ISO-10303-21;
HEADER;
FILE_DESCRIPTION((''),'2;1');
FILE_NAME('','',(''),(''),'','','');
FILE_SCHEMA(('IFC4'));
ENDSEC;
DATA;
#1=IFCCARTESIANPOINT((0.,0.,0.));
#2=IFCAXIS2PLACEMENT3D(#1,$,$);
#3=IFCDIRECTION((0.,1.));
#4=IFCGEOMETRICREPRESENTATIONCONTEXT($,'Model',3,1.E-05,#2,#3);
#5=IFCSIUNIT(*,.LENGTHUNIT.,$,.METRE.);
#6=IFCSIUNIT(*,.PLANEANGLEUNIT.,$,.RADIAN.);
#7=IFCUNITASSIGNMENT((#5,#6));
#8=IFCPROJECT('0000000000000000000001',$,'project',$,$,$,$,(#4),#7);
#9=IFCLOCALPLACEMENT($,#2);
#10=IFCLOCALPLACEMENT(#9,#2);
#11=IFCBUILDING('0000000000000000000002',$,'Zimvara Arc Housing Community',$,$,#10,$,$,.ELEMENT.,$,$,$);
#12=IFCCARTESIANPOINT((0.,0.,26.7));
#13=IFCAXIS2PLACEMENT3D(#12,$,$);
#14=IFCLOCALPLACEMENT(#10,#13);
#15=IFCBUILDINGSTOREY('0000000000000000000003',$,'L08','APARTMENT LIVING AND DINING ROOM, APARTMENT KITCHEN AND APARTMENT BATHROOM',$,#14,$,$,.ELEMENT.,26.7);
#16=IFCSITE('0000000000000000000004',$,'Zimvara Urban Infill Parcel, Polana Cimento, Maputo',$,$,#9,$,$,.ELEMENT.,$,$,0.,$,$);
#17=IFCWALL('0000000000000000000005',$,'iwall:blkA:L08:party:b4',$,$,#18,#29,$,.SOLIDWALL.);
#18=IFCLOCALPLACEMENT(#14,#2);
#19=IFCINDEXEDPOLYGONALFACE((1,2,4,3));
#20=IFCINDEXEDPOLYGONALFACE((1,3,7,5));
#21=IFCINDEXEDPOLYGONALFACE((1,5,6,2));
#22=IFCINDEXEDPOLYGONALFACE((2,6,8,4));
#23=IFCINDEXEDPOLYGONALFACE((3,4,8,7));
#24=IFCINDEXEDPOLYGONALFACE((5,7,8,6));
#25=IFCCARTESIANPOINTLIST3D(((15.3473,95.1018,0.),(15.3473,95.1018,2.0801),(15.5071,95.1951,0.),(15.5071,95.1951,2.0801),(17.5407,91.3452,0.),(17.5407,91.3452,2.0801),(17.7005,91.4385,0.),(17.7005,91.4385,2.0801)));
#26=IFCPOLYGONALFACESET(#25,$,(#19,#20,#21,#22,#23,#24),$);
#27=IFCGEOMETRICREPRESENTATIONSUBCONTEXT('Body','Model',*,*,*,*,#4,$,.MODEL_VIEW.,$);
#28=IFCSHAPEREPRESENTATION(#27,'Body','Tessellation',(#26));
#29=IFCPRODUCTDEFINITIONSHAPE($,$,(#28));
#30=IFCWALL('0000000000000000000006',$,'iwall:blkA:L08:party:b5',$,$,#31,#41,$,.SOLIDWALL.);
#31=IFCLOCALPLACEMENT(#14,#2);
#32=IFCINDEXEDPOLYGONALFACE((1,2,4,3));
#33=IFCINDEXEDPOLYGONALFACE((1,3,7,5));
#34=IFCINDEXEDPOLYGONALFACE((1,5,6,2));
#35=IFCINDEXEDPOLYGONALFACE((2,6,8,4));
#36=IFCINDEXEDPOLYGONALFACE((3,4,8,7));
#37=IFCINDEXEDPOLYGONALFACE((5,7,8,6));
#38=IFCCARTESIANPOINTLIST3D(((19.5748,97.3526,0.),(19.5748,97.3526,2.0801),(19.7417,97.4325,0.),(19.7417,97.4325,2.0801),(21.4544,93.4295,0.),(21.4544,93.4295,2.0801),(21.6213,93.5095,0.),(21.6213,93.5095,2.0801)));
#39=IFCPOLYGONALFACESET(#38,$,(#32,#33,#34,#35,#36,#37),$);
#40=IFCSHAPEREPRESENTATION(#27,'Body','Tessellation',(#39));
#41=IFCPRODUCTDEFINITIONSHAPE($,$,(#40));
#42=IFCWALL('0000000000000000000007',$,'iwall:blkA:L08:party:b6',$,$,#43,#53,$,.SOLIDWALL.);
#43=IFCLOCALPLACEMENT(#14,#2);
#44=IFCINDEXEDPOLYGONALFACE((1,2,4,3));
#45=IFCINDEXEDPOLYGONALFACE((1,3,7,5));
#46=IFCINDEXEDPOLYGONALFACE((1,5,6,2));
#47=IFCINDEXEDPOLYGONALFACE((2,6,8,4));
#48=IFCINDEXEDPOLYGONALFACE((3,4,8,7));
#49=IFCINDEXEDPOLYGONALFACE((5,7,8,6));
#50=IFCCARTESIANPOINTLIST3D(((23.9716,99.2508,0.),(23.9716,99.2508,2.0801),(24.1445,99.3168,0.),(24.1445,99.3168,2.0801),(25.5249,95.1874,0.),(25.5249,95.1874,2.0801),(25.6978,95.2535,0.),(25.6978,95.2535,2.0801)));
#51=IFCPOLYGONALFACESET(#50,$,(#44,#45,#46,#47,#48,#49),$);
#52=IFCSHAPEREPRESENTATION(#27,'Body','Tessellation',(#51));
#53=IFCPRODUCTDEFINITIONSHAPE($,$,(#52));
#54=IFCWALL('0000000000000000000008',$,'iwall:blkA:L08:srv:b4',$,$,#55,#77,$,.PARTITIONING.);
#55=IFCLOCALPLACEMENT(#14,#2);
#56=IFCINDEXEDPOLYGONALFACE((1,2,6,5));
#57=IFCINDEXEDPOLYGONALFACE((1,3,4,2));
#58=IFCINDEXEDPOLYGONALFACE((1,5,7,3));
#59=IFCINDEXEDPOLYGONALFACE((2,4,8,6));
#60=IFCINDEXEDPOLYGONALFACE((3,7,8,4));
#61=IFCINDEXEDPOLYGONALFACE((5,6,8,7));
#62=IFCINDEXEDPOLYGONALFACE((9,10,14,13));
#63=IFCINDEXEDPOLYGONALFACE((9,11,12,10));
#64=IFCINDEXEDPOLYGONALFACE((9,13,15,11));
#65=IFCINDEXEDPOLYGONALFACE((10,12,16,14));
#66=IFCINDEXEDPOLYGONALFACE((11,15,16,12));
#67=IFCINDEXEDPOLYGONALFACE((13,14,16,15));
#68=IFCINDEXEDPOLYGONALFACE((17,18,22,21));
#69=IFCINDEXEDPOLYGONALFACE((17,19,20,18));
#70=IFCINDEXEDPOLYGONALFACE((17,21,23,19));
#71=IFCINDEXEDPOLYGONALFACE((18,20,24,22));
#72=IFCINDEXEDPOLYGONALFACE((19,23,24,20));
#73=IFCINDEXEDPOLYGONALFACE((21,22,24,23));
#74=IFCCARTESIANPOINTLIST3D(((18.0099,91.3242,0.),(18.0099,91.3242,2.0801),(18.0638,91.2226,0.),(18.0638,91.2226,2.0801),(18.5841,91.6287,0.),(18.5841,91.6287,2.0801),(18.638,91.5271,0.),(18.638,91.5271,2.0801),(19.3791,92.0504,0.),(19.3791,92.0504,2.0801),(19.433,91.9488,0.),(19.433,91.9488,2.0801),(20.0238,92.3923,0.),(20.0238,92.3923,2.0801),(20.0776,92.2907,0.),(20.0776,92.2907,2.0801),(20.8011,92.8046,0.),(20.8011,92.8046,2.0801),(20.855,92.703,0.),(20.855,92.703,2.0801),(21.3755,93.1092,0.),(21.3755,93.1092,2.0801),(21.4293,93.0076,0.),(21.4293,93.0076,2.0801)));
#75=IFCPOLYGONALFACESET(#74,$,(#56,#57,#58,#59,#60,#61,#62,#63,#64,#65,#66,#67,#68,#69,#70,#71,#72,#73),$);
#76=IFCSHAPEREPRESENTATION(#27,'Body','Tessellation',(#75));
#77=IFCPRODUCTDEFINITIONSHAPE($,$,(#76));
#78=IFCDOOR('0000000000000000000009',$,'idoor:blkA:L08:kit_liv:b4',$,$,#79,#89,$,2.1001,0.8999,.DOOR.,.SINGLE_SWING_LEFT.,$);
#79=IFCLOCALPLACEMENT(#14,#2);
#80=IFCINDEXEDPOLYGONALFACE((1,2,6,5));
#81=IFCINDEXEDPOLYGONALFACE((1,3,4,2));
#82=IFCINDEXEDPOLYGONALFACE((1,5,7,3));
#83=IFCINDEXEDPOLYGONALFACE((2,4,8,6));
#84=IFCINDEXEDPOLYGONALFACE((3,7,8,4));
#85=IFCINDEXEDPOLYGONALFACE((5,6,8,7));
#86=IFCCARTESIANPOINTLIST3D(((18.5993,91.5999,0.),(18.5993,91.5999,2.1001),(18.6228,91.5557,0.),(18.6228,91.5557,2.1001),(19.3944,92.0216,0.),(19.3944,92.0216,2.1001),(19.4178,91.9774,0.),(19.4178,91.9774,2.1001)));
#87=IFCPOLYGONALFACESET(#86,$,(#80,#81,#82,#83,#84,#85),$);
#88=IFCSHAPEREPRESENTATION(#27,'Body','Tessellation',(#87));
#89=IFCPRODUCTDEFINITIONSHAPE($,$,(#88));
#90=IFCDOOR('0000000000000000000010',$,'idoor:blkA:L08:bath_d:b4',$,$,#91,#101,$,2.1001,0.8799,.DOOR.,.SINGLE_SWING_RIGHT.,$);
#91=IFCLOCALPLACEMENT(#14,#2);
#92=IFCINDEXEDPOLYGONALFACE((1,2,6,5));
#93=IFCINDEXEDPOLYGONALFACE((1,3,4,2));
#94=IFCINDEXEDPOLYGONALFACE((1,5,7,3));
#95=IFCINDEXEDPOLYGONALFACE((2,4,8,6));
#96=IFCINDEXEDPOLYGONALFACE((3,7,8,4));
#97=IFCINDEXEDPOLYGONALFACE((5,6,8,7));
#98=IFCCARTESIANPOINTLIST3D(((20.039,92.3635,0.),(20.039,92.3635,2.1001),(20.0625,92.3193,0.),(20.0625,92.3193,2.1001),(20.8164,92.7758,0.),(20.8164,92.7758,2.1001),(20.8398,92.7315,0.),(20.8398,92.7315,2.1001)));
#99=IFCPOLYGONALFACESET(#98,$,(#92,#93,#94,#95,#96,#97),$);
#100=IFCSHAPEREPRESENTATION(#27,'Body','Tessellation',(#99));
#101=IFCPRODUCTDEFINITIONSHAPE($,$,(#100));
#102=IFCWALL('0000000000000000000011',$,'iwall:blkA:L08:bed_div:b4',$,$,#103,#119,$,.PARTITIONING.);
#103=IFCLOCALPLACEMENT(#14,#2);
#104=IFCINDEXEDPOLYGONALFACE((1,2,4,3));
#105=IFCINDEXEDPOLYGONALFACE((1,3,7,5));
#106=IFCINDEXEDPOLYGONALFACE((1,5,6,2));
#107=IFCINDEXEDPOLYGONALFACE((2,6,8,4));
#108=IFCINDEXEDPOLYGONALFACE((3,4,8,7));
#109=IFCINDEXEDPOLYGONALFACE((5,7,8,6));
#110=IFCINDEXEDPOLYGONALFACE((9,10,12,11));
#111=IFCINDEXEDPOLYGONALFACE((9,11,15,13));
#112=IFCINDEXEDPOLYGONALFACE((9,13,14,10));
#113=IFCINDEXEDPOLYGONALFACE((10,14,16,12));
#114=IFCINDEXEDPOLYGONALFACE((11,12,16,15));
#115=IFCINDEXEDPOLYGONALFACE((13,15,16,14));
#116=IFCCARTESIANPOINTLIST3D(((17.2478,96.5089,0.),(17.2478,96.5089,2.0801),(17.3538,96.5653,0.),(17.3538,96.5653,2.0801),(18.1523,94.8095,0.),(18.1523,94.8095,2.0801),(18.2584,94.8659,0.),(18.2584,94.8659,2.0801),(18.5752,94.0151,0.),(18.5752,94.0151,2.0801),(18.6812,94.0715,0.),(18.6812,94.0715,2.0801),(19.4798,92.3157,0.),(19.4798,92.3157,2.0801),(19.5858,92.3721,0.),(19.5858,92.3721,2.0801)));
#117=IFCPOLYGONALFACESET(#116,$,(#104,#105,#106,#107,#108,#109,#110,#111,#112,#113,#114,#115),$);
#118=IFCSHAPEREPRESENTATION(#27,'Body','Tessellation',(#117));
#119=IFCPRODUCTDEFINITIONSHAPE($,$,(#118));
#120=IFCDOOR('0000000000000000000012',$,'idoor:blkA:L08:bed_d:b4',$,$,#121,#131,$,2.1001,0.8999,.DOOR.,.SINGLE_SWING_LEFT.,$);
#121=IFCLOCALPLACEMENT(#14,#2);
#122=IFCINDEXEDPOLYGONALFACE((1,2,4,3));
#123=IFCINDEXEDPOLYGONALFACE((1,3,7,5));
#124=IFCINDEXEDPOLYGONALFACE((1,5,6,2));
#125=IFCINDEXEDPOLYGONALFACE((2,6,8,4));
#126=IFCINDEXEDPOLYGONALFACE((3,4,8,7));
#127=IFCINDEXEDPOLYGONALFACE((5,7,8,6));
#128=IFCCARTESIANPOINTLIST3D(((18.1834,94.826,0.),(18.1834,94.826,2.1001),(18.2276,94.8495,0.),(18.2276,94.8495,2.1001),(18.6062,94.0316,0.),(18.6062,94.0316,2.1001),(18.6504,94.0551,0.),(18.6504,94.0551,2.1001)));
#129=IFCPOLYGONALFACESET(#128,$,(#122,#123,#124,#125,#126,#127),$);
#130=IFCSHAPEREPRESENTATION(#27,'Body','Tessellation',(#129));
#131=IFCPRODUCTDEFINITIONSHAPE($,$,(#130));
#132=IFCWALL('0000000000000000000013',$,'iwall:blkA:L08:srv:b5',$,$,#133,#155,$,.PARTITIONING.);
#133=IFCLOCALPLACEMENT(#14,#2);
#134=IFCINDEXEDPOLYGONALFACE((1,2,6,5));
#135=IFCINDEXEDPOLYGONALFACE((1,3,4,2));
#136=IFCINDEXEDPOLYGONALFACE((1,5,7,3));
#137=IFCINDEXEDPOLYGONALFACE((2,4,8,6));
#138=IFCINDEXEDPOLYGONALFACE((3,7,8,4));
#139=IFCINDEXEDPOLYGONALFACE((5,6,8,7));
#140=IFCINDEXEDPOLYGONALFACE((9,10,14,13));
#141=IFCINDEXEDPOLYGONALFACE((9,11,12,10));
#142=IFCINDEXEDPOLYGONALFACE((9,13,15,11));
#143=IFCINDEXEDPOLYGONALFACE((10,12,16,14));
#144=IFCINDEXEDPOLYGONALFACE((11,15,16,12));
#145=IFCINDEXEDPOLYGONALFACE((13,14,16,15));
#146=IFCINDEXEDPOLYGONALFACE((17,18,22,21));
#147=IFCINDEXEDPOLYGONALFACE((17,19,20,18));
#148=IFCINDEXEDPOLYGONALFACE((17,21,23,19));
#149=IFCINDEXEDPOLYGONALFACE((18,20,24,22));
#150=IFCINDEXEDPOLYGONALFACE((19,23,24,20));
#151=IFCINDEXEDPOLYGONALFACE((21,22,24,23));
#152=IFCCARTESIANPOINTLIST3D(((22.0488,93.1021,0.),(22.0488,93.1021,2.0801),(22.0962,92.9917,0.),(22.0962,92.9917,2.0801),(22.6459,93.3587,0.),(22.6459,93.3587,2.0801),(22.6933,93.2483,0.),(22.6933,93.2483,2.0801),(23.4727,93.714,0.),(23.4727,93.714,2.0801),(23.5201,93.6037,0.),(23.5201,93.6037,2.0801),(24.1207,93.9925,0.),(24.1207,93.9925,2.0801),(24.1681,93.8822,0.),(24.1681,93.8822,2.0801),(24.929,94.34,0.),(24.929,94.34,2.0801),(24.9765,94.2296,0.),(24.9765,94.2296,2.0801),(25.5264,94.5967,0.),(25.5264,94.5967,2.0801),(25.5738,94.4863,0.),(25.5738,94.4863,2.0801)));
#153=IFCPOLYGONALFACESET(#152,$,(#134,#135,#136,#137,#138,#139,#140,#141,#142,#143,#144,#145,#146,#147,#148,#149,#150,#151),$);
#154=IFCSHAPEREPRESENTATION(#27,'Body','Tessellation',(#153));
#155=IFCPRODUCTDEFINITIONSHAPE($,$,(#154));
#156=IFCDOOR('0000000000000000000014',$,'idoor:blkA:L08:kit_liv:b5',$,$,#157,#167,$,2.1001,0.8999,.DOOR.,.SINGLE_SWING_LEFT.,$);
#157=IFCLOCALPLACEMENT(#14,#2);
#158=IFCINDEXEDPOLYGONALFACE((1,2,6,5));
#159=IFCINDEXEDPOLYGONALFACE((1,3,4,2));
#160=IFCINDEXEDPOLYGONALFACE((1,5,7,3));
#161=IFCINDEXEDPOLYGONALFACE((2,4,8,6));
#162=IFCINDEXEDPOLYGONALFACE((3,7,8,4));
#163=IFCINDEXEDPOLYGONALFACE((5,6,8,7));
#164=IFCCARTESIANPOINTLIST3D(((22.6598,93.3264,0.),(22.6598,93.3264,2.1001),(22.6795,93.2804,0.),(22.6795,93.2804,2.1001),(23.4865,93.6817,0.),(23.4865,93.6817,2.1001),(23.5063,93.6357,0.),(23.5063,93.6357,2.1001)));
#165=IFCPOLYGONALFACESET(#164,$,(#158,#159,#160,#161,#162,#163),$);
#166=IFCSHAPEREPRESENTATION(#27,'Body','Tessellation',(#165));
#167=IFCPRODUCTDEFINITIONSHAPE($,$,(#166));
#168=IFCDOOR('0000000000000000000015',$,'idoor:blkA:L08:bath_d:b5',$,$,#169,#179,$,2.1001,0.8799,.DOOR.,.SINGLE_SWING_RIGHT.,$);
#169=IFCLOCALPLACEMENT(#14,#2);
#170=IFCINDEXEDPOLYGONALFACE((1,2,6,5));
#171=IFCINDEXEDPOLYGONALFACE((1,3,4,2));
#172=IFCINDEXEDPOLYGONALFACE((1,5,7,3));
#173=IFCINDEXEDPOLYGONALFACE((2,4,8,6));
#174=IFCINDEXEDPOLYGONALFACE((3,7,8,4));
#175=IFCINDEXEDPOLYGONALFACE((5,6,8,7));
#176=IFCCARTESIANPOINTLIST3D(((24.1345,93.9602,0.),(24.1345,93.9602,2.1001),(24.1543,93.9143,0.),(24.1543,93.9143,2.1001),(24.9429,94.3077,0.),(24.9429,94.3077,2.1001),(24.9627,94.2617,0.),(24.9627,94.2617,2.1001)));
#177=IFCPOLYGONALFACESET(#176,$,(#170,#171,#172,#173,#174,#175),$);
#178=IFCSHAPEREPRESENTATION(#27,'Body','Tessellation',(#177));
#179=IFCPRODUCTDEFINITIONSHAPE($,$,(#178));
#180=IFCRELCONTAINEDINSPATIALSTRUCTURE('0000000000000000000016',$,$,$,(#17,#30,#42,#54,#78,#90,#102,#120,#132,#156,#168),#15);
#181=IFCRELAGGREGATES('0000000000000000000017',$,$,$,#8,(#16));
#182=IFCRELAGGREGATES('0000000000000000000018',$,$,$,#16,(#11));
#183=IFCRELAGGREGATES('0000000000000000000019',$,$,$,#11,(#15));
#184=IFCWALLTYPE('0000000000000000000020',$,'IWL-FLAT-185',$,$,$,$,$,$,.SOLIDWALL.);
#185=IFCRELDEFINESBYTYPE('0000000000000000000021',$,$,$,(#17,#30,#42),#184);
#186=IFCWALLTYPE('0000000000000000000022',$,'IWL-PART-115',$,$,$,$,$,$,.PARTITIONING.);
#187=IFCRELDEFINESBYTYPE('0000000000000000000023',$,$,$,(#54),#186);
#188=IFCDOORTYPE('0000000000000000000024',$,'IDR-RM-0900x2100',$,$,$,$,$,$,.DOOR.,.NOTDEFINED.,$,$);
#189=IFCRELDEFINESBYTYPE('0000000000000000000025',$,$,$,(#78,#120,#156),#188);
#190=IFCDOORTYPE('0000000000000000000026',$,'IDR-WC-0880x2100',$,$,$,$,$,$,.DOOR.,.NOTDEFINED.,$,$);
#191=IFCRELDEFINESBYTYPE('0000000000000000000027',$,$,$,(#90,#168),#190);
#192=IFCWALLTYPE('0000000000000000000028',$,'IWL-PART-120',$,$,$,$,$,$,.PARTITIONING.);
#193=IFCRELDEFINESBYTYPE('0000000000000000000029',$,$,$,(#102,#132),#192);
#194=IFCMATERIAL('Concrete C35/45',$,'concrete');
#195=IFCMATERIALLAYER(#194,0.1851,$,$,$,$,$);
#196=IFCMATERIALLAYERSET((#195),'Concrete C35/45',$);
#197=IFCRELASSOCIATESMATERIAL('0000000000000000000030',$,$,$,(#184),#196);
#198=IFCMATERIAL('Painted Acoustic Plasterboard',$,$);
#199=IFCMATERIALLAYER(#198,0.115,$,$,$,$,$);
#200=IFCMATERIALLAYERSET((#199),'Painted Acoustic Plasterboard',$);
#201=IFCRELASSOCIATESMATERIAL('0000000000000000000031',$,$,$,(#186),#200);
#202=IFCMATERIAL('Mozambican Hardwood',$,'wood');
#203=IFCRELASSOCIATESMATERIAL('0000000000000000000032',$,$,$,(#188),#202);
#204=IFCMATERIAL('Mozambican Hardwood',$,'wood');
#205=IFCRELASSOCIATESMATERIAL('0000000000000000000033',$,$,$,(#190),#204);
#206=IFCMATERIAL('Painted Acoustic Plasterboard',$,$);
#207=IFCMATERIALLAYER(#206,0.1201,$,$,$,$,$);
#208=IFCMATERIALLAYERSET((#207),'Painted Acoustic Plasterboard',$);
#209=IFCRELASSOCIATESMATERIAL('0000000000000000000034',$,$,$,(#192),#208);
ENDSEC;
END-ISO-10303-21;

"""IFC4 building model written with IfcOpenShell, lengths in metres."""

from ifc_helpers import new_model, si_unit, direction, frame, frame_2d, origin, place, context, subcontext, project, spatial, rectangle, extrude, material, layer, layer_set, type_object, element, fill, save


model = new_model("IFC4")

# Units and contexts
model_context = context("Model", 3, precision=1e-05, world=origin(), true_north=direction((0.0, 1.0)))
body_context = subcontext(model_context, "Body", "Model", "MODEL_VIEW")
ifc_project = project(units=[si_unit("LENGTHUNIT", "METRE"), si_unit("PLANEANGLEUNIT", "RADIAN")], contexts=[model_context])

# Site, building, storey
site_placement = place(None, origin())
site = spatial("IfcSite", under=ifc_project, at=site_placement, Name="Zimvara Urban Infill Parcel, Polana Cimento, Maputo", CompositionType="ELEMENT", RefElevation=0.0)
building_placement = place(site_placement, origin())
building = spatial("IfcBuilding", under=site, at=building_placement, Name="Zimvara Arc Housing Community", CompositionType="ELEMENT")
storey_placement = place(building_placement, frame((0.0, 0.0, 26.7)))
storey = spatial("IfcBuildingStorey", under=building, at=storey_placement, Name="L08", Description="APARTMENT LIVING AND DINING ROOM, APARTMENT KITCHEN AND APARTMENT BATHROOM", CompositionType="ELEMENT", Elevation=26.7)

# Walls
ifc_material_1 = material(Name="Concrete C35/45", Category="concrete")
ifc_layer_1 = layer(ifc_material_1, 0.1851)
ifc_layer_set_1 = layer_set([ifc_layer_1], Name="Concrete C35/45")
wall_type_1 = type_object("IfcWallType", Name="IWL-FLAT-185", PredefinedType="SOLIDWALL", material=ifc_layer_set_1)
for number, where, z_axis, x_axis, name in (
    (1, (17.6206, 91.3918, 0.0), (0.0, 0.0, 1.0), (-0.504216, 0.863577, 0.0), "iwall:blkA:L08:party:b4"),
    (2, (21.5378, 93.4695, 0.0), (0.0, 0.0, 1.0), (-0.432087, 0.901832, 0.0), "iwall:blkA:L08:party:b5"),
    (3, (25.6113, 95.2205, 0.0), (0.0, 0.0, 1.0), (-0.357064, 0.93408, 0.0), "iwall:blkA:L08:party:b6"),
):
    element("IfcWall", number, at=place(storey_placement, frame(where, z_axis=z_axis, x_axis=x_axis)), inside=storey, type_object=wall_type_1, Name=name, PredefinedType="SOLIDWALL", context=body_context, shape_type="SweptSolid", body=[
        extrude(rectangle(XDim=4.3501, YDim=0.1851, at=frame_2d((2.175, 0.0))), origin(), (0.0, 0.0, 1.0), 2.0801),
    ])

# Wall, openings, doors
ifc_material_2 = material(Name="Painted Acoustic Plasterboard")
ifc_layer_2 = layer(ifc_material_2, 0.115)
ifc_layer_set_2 = layer_set([ifc_layer_2], Name="Painted Acoustic Plasterboard")
wall_type_2 = type_object("IfcWallType", Name="IWL-PART-115", PredefinedType="PARTITIONING", material=ifc_layer_set_2)
wall_1_placement = place(storey_placement, frame((18.0369, 91.2734, 0.0), z_axis=(0.0, 0.0, 1.0), x_axis=(0.883442, 0.468541, 0.0)))
wall_1 = element("IfcWall", 4, at=wall_1_placement, inside=storey, type_object=wall_type_2, Name="iwall:blkA:L08:srv:b4", PredefinedType="PARTITIONING", context=body_context, shape_type="SweptSolid", body=[
    extrude(rectangle(XDim=3.8096, YDim=0.115, at=frame_2d((1.9048, 0.0))), origin(), (0.0, 0.0, 1.0), 2.0801),
])
opening_1_placement = place(wall_1_placement, frame((0.6499, 0.0, 0.0)))
opening_1 = element("IfcOpeningElement", 5, at=opening_1_placement, cuts=wall_1, PredefinedType="OPENING", context=body_context, shape_type="SweptSolid", body=[
    extrude(rectangle(XDim=0.8999, YDim=2.1001, at=frame_2d((0.45, 1.05))), frame((0.0, 0.0674, 0.0), z_axis=(0.0, -1.0, 0.0), x_axis=(1.0, 0.0, 0.0)), (0.0, 0.0, 1.0), 0.135),
])
opening_2_placement = place(wall_1_placement, frame((2.2795, 0.0, 0.0)))
opening_2 = element("IfcOpeningElement", 6, at=opening_2_placement, cuts=wall_1, PredefinedType="OPENING", context=body_context, shape_type="SweptSolid", body=[
    extrude(rectangle(XDim=0.8799, YDim=2.1001, at=frame_2d((0.4399, 1.05))), frame((0.0, 0.0674, 0.0), z_axis=(0.0, -1.0, 0.0), x_axis=(1.0, 0.0, 0.0)), (0.0, 0.0, 1.0), 0.135),
])
ifc_material_3 = material(Name="Mozambican Hardwood", Category="wood")
door_type_1 = type_object("IfcDoorType", Name="IDR-RM-0900x2100", OperationType="NOTDEFINED", PredefinedType="DOOR", material=ifc_material_3)
door_1_placement = place(opening_1_placement, origin())
door_1 = element("IfcDoor", 7, at=door_1_placement, inside=storey, type_object=door_type_1, Name="idoor:blkA:L08:kit_liv:b4", OperationType="SINGLE_SWING_LEFT", OverallHeight=2.1001, OverallWidth=0.8999, PredefinedType="DOOR", context=body_context, shape_type="SweptSolid", body=[
    extrude(rectangle(XDim=0.8999, YDim=2.1001, at=frame_2d((0.45, 1.05))), frame((0.0, 0.0249, 0.0), z_axis=(0.0, -1.0, 0.0), x_axis=(1.0, 0.0, 0.0)), (0.0, 0.0, 1.0), 0.05),
])
fill(opening_1, door_1)
ifc_material_4 = material(Name="Mozambican Hardwood", Category="wood")
door_type_2 = type_object("IfcDoorType", Name="IDR-WC-0880x2100", OperationType="NOTDEFINED", PredefinedType="DOOR", material=ifc_material_4)
door_2_placement = place(opening_2_placement, origin())
door_2 = element("IfcDoor", 8, at=door_2_placement, inside=storey, type_object=door_type_2, Name="idoor:blkA:L08:bath_d:b4", OperationType="SINGLE_SWING_RIGHT", OverallHeight=2.1001, OverallWidth=0.8799, PredefinedType="DOOR", context=body_context, shape_type="SweptSolid", body=[
    extrude(rectangle(XDim=0.8799, YDim=2.1001, at=frame_2d((0.4399, 1.05))), frame((0.0, 0.0249, 0.0), z_axis=(0.0, -1.0, 0.0), x_axis=(1.0, 0.0, 0.0)), (0.0, 0.0, 1.0), 0.05),
])
fill(opening_2, door_2)

# Wall, opening, door
ifc_material_5 = material(Name="Painted Acoustic Plasterboard")
ifc_layer_3 = layer(ifc_material_5, 0.1201)
ifc_layer_set_3 = layer_set([ifc_layer_3], Name="Painted Acoustic Plasterboard")
wall_type_3 = type_object("IfcWallType", Name="IWL-PART-120", PredefinedType="PARTITIONING", material=ifc_layer_set_3)
wall_2_placement = place(storey_placement, frame((19.5327, 92.344, 0.0), z_axis=(0.0, 0.0, 1.0), x_axis=(-0.469868, 0.882737, 0.0)))
wall_2 = element("IfcWall", 9, at=wall_2_placement, inside=storey, type_object=wall_type_3, Name="iwall:blkA:L08:bed_div:b4", PredefinedType="PARTITIONING", context=body_context, shape_type="SweptSolid", body=[
    extrude(rectangle(XDim=4.7502, YDim=0.1201, at=frame_2d((2.375, 0.0))), origin(), (0.0, 0.0, 1.0), 2.0801),
])
opening_3_placement = place(wall_2_placement, frame((1.925, 0.0, 0.0)))
opening_3 = element("IfcOpeningElement", 10, at=opening_3_placement, cuts=wall_2, PredefinedType="OPENING", context=body_context, shape_type="SweptSolid", body=[
    extrude(rectangle(XDim=0.8999, YDim=2.1001, at=frame_2d((0.45, 1.05))), frame((0.0, 0.0701, 0.0), z_axis=(0.0, -1.0, 0.0), x_axis=(1.0, 0.0, 0.0)), (0.0, 0.0, 1.0), 0.1401),
])
door_3_placement = place(opening_3_placement, origin())
door_3 = element("IfcDoor", 11, at=door_3_placement, inside=storey, type_object=door_type_1, Name="idoor:blkA:L08:bed_d:b4", OperationType="SINGLE_SWING_LEFT", OverallHeight=2.1001, OverallWidth=0.8999, PredefinedType="DOOR", context=body_context, shape_type="SweptSolid", body=[
    extrude(rectangle(XDim=0.8999, YDim=2.1001, at=frame_2d((0.45, 1.05))), frame((0.0, 0.0249, 0.0), z_axis=(0.0, -1.0, 0.0), x_axis=(1.0, 0.0, 0.0)), (0.0, 0.0, 1.0), 0.05),
])
fill(opening_3, door_3)

# Wall, openings, doors
wall_3_placement = place(storey_placement, frame((22.0725, 93.0469, 0.0), z_axis=(0.0, 0.0, 1.0), x_axis=(0.918738, 0.394869, 0.0)))
wall_3 = element("IfcWall", 12, at=wall_3_placement, inside=storey, type_object=wall_type_3, Name="iwall:blkA:L08:srv:b5", PredefinedType="PARTITIONING", context=body_context, shape_type="SweptSolid", body=[
    extrude(rectangle(XDim=3.7852, YDim=0.1201, at=frame_2d((1.8926, 0.0))), origin(), (0.0, 0.0, 1.0), 2.0801),
])
opening_4_placement = place(wall_3_placement, frame((0.6499, 0.0, 0.0)))
opening_4 = element("IfcOpeningElement", 13, at=opening_4_placement, cuts=wall_3, PredefinedType="OPENING", context=body_context, shape_type="SweptSolid", body=[
    extrude(rectangle(XDim=0.8999, YDim=2.1001, at=frame_2d((0.45, 1.05))), frame((0.0, 0.0701, 0.0), z_axis=(0.0, -1.0, 0.0), x_axis=(1.0, 0.0, 0.0)), (0.0, 0.0, 1.0), 0.1401),
])
opening_5_placement = place(wall_3_placement, frame((2.2551, 0.0, 0.0)))
opening_5 = element("IfcOpeningElement", 14, at=opening_5_placement, cuts=wall_3, PredefinedType="OPENING", context=body_context, shape_type="SweptSolid", body=[
    extrude(rectangle(XDim=0.8799, YDim=2.1001, at=frame_2d((0.4399, 1.05))), frame((0.0, 0.0701, 0.0), z_axis=(0.0, -1.0, 0.0), x_axis=(1.0, 0.0, 0.0)), (0.0, 0.0, 1.0), 0.1401),
])
door_4_placement = place(opening_4_placement, origin())
door_4 = element("IfcDoor", 15, at=door_4_placement, inside=storey, type_object=door_type_1, Name="idoor:blkA:L08:kit_liv:b5", OperationType="SINGLE_SWING_LEFT", OverallHeight=2.1001, OverallWidth=0.8999, PredefinedType="DOOR", context=body_context, shape_type="SweptSolid", body=[
    extrude(rectangle(XDim=0.8999, YDim=2.1001, at=frame_2d((0.45, 1.05))), frame((0.0, 0.0249, 0.0), z_axis=(0.0, -1.0, 0.0), x_axis=(1.0, 0.0, 0.0)), (0.0, 0.0, 1.0), 0.05),
])
fill(opening_4, door_4)
door_5_placement = place(opening_5_placement, origin())
door_5 = element("IfcDoor", 16, at=door_5_placement, inside=storey, type_object=door_type_2, Name="idoor:blkA:L08:bath_d:b5", OperationType="SINGLE_SWING_RIGHT", OverallHeight=2.1001, OverallWidth=0.8799, PredefinedType="DOOR", context=body_context, shape_type="SweptSolid", body=[
    extrude(rectangle(XDim=0.8799, YDim=2.1001, at=frame_2d((0.4399, 1.05))), frame((0.0, 0.0249, 0.0), z_axis=(0.0, -1.0, 0.0), x_axis=(1.0, 0.0, 0.0)), (0.0, 0.0, 1.0), 0.05),
])
fill(opening_5, door_5)

save(model, "model.ifc")
